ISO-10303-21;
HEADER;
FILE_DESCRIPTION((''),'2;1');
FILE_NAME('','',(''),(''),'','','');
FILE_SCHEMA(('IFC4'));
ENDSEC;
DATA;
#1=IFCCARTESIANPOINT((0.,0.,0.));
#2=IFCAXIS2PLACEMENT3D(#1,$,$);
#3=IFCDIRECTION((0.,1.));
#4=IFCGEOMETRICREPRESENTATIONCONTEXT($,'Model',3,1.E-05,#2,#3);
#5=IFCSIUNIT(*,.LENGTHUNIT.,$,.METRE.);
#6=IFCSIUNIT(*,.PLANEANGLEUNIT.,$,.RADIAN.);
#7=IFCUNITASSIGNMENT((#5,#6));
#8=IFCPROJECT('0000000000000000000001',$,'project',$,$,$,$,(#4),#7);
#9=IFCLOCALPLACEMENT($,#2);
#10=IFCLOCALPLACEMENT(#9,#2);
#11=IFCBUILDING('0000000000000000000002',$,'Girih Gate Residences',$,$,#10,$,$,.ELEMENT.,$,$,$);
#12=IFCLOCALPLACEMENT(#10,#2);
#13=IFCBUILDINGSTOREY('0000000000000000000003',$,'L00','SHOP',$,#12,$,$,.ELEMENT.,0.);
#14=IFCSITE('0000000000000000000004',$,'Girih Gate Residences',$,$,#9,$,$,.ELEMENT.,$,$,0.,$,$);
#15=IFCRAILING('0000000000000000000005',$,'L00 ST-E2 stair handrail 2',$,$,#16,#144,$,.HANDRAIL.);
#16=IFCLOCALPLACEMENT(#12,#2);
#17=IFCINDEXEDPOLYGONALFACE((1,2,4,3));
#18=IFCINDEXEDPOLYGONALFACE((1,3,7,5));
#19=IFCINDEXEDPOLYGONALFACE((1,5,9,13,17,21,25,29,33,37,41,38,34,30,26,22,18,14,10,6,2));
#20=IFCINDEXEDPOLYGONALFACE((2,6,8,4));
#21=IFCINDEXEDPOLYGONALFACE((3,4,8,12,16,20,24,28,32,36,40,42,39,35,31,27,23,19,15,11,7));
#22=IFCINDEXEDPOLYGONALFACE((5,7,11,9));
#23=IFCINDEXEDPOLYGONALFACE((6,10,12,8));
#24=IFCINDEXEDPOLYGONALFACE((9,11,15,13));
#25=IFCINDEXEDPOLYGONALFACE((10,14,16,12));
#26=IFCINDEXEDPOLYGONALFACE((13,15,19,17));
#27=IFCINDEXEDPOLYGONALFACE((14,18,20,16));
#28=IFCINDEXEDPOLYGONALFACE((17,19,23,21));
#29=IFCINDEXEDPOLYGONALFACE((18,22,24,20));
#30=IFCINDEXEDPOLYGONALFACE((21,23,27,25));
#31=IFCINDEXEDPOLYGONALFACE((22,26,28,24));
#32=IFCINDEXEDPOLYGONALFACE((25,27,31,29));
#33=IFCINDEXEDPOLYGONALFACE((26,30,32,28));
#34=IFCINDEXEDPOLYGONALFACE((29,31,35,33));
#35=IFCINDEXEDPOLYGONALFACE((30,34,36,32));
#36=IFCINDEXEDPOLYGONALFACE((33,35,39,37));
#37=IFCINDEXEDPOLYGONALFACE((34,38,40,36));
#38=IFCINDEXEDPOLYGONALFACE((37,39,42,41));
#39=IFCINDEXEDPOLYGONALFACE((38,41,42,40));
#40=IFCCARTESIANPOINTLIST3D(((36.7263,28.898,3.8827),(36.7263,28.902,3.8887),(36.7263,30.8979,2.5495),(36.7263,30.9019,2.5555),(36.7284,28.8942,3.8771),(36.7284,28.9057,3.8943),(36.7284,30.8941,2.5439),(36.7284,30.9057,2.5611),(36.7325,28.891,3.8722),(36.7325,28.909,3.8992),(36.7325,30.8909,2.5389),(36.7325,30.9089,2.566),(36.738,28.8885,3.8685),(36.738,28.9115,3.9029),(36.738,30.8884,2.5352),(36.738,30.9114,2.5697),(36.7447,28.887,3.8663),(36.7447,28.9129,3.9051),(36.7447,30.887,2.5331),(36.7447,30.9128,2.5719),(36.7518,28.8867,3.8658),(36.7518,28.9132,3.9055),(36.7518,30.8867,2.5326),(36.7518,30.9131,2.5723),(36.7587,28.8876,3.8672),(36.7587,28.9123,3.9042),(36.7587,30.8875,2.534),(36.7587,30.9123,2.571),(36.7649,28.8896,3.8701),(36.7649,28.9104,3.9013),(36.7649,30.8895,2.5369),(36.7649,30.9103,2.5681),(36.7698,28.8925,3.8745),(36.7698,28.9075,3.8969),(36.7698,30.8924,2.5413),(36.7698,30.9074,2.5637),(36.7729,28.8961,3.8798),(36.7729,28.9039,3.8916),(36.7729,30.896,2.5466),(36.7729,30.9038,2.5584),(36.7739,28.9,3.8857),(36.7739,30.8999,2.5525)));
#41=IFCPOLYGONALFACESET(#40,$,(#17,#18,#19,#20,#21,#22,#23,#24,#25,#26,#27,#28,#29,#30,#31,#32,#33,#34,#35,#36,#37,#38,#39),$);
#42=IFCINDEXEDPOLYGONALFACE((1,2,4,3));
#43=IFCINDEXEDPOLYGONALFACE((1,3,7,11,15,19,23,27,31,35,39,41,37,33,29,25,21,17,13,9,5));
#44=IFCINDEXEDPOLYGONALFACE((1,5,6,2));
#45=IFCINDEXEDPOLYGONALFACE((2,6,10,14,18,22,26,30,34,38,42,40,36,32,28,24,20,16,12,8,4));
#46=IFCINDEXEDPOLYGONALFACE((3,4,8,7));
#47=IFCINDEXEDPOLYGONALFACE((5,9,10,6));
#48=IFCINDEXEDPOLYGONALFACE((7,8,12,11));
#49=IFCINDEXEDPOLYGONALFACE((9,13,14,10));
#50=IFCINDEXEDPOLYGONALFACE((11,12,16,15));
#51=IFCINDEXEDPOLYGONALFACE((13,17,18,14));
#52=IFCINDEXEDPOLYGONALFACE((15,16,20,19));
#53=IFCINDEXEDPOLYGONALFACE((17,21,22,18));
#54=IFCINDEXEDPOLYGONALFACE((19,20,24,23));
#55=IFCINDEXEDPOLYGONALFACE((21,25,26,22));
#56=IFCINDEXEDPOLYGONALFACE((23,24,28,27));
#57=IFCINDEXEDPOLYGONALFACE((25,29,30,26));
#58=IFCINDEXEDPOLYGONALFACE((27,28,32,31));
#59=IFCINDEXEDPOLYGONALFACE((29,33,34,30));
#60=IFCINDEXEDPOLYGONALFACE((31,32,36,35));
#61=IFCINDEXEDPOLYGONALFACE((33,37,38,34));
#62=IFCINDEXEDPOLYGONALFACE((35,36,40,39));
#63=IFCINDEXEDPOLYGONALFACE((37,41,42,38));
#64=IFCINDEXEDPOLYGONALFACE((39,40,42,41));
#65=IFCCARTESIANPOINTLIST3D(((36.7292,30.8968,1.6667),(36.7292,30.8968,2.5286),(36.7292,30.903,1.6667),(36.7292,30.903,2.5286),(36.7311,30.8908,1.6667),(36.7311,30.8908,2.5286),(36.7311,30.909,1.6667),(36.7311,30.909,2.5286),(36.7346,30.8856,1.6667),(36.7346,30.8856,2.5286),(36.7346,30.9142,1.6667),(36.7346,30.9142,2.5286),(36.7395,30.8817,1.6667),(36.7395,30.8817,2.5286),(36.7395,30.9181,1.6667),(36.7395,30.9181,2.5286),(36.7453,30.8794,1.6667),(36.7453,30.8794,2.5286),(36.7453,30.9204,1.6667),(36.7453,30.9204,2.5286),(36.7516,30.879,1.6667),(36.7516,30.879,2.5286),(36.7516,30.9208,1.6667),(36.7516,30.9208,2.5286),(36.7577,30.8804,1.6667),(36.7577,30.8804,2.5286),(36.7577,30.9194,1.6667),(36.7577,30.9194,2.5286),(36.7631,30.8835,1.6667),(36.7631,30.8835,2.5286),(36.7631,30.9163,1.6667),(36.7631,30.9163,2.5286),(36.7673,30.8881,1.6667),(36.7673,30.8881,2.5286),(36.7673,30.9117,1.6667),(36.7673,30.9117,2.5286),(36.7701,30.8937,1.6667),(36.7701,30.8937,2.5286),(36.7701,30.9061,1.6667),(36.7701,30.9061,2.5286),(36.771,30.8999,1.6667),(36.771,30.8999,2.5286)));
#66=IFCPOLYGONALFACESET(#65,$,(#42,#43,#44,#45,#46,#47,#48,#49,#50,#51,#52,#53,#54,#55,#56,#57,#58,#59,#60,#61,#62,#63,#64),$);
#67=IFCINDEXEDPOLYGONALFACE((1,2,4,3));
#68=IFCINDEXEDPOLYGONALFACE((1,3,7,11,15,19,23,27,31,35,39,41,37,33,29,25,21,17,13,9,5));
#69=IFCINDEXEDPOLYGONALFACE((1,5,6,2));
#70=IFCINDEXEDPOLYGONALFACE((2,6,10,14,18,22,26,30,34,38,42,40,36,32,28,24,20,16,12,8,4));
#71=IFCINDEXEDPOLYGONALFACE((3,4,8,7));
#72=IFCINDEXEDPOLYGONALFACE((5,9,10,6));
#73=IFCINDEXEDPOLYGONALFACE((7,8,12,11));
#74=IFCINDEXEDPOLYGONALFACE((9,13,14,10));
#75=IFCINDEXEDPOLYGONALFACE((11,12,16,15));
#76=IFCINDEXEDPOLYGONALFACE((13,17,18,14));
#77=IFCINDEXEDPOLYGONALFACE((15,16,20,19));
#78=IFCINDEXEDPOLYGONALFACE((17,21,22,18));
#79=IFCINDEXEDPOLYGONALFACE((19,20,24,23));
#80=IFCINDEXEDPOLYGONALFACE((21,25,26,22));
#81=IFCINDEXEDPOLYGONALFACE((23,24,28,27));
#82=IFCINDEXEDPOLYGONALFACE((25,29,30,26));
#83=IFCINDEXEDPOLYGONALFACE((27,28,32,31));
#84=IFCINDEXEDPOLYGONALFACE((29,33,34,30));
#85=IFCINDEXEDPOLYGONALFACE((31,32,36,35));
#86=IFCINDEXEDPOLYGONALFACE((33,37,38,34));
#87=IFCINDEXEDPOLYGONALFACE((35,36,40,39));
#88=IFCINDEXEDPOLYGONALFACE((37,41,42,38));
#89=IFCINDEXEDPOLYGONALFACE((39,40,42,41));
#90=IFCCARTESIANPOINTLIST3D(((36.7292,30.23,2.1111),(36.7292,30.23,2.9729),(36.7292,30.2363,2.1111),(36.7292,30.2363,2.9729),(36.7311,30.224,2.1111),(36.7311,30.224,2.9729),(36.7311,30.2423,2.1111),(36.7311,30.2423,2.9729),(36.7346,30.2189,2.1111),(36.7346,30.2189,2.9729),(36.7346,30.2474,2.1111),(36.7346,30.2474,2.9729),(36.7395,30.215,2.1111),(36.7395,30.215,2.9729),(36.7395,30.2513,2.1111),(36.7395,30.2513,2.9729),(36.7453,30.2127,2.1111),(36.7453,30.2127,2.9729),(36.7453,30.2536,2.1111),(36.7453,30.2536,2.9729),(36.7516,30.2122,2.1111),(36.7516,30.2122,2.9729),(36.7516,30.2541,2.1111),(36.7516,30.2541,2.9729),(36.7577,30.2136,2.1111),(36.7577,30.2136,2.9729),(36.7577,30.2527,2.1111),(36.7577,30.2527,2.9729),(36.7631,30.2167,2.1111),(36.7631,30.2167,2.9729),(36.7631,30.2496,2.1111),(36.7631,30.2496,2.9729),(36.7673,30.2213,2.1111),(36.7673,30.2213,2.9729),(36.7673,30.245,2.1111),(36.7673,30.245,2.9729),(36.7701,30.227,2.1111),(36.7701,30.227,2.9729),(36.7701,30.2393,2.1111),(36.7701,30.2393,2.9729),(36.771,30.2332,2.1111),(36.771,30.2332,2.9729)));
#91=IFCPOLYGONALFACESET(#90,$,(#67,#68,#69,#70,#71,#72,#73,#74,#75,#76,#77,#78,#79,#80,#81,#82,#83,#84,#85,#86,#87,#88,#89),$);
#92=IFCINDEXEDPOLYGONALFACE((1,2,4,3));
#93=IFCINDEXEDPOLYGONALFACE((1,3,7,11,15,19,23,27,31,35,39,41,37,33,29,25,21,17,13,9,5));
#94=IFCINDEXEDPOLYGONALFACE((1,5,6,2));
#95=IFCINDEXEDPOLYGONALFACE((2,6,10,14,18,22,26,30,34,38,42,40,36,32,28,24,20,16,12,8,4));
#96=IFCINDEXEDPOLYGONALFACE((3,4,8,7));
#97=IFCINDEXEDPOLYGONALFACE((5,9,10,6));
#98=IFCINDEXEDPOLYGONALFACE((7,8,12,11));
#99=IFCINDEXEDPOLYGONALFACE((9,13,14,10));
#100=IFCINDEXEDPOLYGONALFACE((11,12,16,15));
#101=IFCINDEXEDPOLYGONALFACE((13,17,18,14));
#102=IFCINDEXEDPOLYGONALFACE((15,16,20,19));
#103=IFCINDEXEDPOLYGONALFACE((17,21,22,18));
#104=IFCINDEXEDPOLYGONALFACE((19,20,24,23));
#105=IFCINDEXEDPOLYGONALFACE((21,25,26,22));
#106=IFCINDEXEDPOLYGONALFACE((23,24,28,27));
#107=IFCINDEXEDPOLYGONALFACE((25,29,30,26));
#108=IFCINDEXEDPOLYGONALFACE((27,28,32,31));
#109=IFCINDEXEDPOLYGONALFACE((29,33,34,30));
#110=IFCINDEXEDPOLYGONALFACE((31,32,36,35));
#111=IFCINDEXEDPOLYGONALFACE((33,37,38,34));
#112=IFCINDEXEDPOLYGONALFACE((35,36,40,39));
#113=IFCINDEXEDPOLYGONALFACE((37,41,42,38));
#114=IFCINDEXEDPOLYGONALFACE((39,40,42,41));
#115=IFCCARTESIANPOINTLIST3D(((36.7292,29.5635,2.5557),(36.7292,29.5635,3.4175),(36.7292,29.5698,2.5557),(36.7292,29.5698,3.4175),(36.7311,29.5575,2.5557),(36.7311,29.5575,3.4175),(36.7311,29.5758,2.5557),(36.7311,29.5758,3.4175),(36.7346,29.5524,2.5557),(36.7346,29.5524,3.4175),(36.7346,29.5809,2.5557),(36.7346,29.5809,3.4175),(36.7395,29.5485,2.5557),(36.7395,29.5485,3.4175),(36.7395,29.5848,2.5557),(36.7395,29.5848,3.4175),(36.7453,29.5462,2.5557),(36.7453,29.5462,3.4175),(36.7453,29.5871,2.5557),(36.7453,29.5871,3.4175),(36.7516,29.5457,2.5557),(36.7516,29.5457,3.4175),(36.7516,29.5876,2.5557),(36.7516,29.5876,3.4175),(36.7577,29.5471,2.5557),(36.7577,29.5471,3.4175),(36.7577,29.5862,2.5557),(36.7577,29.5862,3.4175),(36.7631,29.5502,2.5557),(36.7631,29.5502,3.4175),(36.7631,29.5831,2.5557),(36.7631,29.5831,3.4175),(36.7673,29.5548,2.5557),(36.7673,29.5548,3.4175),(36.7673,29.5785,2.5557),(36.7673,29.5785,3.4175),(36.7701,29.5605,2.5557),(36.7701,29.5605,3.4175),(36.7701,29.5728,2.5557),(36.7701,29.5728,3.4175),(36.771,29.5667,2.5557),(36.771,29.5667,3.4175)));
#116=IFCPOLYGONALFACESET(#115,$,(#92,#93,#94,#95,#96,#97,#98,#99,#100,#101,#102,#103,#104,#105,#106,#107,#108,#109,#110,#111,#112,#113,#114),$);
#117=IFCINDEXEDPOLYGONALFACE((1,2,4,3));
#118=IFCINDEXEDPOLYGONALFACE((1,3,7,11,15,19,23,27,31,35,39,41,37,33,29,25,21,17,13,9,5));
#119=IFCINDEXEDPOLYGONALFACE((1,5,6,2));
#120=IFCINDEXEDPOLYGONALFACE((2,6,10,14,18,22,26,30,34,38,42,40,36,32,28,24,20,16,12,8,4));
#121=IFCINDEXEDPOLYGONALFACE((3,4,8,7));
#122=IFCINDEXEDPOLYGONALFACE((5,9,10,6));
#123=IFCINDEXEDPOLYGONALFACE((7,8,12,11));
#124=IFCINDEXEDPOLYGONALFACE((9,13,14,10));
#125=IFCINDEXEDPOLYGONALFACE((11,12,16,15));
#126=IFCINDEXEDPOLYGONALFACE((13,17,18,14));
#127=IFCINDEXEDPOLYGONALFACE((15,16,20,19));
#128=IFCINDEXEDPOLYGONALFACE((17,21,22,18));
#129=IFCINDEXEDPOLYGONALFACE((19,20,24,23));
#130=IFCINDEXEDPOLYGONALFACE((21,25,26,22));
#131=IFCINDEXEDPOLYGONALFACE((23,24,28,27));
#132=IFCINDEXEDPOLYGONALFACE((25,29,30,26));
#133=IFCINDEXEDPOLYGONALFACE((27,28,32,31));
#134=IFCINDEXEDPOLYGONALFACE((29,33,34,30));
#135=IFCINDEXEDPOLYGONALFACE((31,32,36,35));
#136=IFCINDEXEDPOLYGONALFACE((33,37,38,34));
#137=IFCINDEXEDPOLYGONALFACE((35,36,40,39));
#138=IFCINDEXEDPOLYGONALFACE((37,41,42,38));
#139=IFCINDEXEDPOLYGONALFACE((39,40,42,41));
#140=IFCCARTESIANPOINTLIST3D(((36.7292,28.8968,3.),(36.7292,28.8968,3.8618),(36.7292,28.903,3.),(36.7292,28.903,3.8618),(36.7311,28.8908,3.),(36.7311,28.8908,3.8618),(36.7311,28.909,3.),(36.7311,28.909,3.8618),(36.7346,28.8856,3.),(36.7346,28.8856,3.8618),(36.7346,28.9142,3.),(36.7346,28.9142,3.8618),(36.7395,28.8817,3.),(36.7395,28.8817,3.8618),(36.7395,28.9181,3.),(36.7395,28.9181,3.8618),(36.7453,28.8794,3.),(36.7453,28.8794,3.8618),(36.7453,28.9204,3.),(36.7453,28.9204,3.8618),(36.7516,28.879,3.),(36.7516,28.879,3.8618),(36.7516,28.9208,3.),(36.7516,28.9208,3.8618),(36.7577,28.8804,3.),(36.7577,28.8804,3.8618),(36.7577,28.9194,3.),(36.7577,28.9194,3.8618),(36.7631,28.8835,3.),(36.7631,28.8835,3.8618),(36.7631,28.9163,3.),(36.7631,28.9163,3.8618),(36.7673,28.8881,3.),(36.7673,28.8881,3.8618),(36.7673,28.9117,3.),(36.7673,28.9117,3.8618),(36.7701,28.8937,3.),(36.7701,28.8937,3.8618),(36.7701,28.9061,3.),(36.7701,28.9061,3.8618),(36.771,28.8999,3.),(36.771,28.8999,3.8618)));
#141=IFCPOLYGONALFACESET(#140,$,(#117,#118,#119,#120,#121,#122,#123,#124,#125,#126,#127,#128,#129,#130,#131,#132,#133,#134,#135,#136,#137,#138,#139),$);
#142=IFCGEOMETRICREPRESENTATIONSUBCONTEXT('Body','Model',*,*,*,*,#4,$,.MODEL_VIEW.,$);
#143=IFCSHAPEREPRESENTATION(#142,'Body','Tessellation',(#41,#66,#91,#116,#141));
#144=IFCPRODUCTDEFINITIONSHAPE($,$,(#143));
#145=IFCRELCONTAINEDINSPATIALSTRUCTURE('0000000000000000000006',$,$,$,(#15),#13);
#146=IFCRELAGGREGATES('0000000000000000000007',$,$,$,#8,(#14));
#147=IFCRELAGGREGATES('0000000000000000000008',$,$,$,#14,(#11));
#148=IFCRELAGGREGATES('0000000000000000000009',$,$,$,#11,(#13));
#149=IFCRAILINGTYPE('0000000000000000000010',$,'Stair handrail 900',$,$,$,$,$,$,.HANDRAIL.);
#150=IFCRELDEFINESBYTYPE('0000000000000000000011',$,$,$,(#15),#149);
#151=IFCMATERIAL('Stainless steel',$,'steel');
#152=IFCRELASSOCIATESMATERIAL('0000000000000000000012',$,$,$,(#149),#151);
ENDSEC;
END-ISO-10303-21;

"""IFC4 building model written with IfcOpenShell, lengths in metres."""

from ifc_helpers import new_model, si_unit, direction, frame, origin, origin_2d, place, context, subcontext, project, spatial, circle, extrude, material, type_object, element, save


model = new_model("IFC4")

# Units and contexts
model_context = context("Model", 3, precision=1e-05, world=origin(), true_north=direction((0.0, 1.0)))
body_context = subcontext(model_context, "Body", "Model", "MODEL_VIEW")
ifc_project = project(units=[si_unit("LENGTHUNIT", "METRE"), si_unit("PLANEANGLEUNIT", "RADIAN")], contexts=[model_context])

# Site, building, storey
site_placement = place(None, origin())
site = spatial("IfcSite", under=ifc_project, at=site_placement, Name="Girih Gate Residences", CompositionType="ELEMENT", RefElevation=0.0)
building_placement = place(site_placement, origin())
building = spatial("IfcBuilding", under=site, at=building_placement, Name="Girih Gate Residences", CompositionType="ELEMENT")
storey_placement = place(building_placement, origin())
storey = spatial("IfcBuildingStorey", under=building, at=storey_placement, Name="L00", Description="SHOP", CompositionType="ELEMENT", Elevation=0.0)

# Railing
ifc_material_1 = material(Name="Stainless steel", Category="steel")
railing_type_1 = type_object("IfcRailingType", Name="Stair handrail 900", PredefinedType="HANDRAIL", material=ifc_material_1)
railing_1_placement = place(storey_placement, frame((36.75, 30.8999, 1.6667)))
element("IfcRailing", 1, at=railing_1_placement, inside=storey, type_object=railing_type_1, Name="L00 ST-E2 stair handrail 2", PredefinedType="HANDRAIL", context=body_context, shape_type="SweptSolid", body=[
    extrude(circle(Radius=0.0239, at=origin_2d()), frame((0.0, 0.0, 0.8857), z_axis=(0.0, -0.832066, 0.554677), x_axis=(1.0, 0.0, 0.0)), (0.0, 0.0, 1.0), 2.4036),
    extrude(circle(Radius=0.021, at=origin_2d()), origin(), (0.0, 0.0, 1.0), 0.8618),
    extrude(circle(Radius=0.021, at=origin_2d()), frame((0.0, -0.6667, 0.4443)), (0.0, 0.0, 1.0), 0.8618),
    extrude(circle(Radius=0.021, at=origin_2d()), frame((0.0, -1.3333, 0.8889)), (0.0, 0.0, 1.0), 0.8618),
    extrude(circle(Radius=0.021, at=origin_2d()), frame((0.0, -2.0, 1.3333)), (0.0, 0.0, 1.0), 0.8618),
])

save(model, "model.ifc")
